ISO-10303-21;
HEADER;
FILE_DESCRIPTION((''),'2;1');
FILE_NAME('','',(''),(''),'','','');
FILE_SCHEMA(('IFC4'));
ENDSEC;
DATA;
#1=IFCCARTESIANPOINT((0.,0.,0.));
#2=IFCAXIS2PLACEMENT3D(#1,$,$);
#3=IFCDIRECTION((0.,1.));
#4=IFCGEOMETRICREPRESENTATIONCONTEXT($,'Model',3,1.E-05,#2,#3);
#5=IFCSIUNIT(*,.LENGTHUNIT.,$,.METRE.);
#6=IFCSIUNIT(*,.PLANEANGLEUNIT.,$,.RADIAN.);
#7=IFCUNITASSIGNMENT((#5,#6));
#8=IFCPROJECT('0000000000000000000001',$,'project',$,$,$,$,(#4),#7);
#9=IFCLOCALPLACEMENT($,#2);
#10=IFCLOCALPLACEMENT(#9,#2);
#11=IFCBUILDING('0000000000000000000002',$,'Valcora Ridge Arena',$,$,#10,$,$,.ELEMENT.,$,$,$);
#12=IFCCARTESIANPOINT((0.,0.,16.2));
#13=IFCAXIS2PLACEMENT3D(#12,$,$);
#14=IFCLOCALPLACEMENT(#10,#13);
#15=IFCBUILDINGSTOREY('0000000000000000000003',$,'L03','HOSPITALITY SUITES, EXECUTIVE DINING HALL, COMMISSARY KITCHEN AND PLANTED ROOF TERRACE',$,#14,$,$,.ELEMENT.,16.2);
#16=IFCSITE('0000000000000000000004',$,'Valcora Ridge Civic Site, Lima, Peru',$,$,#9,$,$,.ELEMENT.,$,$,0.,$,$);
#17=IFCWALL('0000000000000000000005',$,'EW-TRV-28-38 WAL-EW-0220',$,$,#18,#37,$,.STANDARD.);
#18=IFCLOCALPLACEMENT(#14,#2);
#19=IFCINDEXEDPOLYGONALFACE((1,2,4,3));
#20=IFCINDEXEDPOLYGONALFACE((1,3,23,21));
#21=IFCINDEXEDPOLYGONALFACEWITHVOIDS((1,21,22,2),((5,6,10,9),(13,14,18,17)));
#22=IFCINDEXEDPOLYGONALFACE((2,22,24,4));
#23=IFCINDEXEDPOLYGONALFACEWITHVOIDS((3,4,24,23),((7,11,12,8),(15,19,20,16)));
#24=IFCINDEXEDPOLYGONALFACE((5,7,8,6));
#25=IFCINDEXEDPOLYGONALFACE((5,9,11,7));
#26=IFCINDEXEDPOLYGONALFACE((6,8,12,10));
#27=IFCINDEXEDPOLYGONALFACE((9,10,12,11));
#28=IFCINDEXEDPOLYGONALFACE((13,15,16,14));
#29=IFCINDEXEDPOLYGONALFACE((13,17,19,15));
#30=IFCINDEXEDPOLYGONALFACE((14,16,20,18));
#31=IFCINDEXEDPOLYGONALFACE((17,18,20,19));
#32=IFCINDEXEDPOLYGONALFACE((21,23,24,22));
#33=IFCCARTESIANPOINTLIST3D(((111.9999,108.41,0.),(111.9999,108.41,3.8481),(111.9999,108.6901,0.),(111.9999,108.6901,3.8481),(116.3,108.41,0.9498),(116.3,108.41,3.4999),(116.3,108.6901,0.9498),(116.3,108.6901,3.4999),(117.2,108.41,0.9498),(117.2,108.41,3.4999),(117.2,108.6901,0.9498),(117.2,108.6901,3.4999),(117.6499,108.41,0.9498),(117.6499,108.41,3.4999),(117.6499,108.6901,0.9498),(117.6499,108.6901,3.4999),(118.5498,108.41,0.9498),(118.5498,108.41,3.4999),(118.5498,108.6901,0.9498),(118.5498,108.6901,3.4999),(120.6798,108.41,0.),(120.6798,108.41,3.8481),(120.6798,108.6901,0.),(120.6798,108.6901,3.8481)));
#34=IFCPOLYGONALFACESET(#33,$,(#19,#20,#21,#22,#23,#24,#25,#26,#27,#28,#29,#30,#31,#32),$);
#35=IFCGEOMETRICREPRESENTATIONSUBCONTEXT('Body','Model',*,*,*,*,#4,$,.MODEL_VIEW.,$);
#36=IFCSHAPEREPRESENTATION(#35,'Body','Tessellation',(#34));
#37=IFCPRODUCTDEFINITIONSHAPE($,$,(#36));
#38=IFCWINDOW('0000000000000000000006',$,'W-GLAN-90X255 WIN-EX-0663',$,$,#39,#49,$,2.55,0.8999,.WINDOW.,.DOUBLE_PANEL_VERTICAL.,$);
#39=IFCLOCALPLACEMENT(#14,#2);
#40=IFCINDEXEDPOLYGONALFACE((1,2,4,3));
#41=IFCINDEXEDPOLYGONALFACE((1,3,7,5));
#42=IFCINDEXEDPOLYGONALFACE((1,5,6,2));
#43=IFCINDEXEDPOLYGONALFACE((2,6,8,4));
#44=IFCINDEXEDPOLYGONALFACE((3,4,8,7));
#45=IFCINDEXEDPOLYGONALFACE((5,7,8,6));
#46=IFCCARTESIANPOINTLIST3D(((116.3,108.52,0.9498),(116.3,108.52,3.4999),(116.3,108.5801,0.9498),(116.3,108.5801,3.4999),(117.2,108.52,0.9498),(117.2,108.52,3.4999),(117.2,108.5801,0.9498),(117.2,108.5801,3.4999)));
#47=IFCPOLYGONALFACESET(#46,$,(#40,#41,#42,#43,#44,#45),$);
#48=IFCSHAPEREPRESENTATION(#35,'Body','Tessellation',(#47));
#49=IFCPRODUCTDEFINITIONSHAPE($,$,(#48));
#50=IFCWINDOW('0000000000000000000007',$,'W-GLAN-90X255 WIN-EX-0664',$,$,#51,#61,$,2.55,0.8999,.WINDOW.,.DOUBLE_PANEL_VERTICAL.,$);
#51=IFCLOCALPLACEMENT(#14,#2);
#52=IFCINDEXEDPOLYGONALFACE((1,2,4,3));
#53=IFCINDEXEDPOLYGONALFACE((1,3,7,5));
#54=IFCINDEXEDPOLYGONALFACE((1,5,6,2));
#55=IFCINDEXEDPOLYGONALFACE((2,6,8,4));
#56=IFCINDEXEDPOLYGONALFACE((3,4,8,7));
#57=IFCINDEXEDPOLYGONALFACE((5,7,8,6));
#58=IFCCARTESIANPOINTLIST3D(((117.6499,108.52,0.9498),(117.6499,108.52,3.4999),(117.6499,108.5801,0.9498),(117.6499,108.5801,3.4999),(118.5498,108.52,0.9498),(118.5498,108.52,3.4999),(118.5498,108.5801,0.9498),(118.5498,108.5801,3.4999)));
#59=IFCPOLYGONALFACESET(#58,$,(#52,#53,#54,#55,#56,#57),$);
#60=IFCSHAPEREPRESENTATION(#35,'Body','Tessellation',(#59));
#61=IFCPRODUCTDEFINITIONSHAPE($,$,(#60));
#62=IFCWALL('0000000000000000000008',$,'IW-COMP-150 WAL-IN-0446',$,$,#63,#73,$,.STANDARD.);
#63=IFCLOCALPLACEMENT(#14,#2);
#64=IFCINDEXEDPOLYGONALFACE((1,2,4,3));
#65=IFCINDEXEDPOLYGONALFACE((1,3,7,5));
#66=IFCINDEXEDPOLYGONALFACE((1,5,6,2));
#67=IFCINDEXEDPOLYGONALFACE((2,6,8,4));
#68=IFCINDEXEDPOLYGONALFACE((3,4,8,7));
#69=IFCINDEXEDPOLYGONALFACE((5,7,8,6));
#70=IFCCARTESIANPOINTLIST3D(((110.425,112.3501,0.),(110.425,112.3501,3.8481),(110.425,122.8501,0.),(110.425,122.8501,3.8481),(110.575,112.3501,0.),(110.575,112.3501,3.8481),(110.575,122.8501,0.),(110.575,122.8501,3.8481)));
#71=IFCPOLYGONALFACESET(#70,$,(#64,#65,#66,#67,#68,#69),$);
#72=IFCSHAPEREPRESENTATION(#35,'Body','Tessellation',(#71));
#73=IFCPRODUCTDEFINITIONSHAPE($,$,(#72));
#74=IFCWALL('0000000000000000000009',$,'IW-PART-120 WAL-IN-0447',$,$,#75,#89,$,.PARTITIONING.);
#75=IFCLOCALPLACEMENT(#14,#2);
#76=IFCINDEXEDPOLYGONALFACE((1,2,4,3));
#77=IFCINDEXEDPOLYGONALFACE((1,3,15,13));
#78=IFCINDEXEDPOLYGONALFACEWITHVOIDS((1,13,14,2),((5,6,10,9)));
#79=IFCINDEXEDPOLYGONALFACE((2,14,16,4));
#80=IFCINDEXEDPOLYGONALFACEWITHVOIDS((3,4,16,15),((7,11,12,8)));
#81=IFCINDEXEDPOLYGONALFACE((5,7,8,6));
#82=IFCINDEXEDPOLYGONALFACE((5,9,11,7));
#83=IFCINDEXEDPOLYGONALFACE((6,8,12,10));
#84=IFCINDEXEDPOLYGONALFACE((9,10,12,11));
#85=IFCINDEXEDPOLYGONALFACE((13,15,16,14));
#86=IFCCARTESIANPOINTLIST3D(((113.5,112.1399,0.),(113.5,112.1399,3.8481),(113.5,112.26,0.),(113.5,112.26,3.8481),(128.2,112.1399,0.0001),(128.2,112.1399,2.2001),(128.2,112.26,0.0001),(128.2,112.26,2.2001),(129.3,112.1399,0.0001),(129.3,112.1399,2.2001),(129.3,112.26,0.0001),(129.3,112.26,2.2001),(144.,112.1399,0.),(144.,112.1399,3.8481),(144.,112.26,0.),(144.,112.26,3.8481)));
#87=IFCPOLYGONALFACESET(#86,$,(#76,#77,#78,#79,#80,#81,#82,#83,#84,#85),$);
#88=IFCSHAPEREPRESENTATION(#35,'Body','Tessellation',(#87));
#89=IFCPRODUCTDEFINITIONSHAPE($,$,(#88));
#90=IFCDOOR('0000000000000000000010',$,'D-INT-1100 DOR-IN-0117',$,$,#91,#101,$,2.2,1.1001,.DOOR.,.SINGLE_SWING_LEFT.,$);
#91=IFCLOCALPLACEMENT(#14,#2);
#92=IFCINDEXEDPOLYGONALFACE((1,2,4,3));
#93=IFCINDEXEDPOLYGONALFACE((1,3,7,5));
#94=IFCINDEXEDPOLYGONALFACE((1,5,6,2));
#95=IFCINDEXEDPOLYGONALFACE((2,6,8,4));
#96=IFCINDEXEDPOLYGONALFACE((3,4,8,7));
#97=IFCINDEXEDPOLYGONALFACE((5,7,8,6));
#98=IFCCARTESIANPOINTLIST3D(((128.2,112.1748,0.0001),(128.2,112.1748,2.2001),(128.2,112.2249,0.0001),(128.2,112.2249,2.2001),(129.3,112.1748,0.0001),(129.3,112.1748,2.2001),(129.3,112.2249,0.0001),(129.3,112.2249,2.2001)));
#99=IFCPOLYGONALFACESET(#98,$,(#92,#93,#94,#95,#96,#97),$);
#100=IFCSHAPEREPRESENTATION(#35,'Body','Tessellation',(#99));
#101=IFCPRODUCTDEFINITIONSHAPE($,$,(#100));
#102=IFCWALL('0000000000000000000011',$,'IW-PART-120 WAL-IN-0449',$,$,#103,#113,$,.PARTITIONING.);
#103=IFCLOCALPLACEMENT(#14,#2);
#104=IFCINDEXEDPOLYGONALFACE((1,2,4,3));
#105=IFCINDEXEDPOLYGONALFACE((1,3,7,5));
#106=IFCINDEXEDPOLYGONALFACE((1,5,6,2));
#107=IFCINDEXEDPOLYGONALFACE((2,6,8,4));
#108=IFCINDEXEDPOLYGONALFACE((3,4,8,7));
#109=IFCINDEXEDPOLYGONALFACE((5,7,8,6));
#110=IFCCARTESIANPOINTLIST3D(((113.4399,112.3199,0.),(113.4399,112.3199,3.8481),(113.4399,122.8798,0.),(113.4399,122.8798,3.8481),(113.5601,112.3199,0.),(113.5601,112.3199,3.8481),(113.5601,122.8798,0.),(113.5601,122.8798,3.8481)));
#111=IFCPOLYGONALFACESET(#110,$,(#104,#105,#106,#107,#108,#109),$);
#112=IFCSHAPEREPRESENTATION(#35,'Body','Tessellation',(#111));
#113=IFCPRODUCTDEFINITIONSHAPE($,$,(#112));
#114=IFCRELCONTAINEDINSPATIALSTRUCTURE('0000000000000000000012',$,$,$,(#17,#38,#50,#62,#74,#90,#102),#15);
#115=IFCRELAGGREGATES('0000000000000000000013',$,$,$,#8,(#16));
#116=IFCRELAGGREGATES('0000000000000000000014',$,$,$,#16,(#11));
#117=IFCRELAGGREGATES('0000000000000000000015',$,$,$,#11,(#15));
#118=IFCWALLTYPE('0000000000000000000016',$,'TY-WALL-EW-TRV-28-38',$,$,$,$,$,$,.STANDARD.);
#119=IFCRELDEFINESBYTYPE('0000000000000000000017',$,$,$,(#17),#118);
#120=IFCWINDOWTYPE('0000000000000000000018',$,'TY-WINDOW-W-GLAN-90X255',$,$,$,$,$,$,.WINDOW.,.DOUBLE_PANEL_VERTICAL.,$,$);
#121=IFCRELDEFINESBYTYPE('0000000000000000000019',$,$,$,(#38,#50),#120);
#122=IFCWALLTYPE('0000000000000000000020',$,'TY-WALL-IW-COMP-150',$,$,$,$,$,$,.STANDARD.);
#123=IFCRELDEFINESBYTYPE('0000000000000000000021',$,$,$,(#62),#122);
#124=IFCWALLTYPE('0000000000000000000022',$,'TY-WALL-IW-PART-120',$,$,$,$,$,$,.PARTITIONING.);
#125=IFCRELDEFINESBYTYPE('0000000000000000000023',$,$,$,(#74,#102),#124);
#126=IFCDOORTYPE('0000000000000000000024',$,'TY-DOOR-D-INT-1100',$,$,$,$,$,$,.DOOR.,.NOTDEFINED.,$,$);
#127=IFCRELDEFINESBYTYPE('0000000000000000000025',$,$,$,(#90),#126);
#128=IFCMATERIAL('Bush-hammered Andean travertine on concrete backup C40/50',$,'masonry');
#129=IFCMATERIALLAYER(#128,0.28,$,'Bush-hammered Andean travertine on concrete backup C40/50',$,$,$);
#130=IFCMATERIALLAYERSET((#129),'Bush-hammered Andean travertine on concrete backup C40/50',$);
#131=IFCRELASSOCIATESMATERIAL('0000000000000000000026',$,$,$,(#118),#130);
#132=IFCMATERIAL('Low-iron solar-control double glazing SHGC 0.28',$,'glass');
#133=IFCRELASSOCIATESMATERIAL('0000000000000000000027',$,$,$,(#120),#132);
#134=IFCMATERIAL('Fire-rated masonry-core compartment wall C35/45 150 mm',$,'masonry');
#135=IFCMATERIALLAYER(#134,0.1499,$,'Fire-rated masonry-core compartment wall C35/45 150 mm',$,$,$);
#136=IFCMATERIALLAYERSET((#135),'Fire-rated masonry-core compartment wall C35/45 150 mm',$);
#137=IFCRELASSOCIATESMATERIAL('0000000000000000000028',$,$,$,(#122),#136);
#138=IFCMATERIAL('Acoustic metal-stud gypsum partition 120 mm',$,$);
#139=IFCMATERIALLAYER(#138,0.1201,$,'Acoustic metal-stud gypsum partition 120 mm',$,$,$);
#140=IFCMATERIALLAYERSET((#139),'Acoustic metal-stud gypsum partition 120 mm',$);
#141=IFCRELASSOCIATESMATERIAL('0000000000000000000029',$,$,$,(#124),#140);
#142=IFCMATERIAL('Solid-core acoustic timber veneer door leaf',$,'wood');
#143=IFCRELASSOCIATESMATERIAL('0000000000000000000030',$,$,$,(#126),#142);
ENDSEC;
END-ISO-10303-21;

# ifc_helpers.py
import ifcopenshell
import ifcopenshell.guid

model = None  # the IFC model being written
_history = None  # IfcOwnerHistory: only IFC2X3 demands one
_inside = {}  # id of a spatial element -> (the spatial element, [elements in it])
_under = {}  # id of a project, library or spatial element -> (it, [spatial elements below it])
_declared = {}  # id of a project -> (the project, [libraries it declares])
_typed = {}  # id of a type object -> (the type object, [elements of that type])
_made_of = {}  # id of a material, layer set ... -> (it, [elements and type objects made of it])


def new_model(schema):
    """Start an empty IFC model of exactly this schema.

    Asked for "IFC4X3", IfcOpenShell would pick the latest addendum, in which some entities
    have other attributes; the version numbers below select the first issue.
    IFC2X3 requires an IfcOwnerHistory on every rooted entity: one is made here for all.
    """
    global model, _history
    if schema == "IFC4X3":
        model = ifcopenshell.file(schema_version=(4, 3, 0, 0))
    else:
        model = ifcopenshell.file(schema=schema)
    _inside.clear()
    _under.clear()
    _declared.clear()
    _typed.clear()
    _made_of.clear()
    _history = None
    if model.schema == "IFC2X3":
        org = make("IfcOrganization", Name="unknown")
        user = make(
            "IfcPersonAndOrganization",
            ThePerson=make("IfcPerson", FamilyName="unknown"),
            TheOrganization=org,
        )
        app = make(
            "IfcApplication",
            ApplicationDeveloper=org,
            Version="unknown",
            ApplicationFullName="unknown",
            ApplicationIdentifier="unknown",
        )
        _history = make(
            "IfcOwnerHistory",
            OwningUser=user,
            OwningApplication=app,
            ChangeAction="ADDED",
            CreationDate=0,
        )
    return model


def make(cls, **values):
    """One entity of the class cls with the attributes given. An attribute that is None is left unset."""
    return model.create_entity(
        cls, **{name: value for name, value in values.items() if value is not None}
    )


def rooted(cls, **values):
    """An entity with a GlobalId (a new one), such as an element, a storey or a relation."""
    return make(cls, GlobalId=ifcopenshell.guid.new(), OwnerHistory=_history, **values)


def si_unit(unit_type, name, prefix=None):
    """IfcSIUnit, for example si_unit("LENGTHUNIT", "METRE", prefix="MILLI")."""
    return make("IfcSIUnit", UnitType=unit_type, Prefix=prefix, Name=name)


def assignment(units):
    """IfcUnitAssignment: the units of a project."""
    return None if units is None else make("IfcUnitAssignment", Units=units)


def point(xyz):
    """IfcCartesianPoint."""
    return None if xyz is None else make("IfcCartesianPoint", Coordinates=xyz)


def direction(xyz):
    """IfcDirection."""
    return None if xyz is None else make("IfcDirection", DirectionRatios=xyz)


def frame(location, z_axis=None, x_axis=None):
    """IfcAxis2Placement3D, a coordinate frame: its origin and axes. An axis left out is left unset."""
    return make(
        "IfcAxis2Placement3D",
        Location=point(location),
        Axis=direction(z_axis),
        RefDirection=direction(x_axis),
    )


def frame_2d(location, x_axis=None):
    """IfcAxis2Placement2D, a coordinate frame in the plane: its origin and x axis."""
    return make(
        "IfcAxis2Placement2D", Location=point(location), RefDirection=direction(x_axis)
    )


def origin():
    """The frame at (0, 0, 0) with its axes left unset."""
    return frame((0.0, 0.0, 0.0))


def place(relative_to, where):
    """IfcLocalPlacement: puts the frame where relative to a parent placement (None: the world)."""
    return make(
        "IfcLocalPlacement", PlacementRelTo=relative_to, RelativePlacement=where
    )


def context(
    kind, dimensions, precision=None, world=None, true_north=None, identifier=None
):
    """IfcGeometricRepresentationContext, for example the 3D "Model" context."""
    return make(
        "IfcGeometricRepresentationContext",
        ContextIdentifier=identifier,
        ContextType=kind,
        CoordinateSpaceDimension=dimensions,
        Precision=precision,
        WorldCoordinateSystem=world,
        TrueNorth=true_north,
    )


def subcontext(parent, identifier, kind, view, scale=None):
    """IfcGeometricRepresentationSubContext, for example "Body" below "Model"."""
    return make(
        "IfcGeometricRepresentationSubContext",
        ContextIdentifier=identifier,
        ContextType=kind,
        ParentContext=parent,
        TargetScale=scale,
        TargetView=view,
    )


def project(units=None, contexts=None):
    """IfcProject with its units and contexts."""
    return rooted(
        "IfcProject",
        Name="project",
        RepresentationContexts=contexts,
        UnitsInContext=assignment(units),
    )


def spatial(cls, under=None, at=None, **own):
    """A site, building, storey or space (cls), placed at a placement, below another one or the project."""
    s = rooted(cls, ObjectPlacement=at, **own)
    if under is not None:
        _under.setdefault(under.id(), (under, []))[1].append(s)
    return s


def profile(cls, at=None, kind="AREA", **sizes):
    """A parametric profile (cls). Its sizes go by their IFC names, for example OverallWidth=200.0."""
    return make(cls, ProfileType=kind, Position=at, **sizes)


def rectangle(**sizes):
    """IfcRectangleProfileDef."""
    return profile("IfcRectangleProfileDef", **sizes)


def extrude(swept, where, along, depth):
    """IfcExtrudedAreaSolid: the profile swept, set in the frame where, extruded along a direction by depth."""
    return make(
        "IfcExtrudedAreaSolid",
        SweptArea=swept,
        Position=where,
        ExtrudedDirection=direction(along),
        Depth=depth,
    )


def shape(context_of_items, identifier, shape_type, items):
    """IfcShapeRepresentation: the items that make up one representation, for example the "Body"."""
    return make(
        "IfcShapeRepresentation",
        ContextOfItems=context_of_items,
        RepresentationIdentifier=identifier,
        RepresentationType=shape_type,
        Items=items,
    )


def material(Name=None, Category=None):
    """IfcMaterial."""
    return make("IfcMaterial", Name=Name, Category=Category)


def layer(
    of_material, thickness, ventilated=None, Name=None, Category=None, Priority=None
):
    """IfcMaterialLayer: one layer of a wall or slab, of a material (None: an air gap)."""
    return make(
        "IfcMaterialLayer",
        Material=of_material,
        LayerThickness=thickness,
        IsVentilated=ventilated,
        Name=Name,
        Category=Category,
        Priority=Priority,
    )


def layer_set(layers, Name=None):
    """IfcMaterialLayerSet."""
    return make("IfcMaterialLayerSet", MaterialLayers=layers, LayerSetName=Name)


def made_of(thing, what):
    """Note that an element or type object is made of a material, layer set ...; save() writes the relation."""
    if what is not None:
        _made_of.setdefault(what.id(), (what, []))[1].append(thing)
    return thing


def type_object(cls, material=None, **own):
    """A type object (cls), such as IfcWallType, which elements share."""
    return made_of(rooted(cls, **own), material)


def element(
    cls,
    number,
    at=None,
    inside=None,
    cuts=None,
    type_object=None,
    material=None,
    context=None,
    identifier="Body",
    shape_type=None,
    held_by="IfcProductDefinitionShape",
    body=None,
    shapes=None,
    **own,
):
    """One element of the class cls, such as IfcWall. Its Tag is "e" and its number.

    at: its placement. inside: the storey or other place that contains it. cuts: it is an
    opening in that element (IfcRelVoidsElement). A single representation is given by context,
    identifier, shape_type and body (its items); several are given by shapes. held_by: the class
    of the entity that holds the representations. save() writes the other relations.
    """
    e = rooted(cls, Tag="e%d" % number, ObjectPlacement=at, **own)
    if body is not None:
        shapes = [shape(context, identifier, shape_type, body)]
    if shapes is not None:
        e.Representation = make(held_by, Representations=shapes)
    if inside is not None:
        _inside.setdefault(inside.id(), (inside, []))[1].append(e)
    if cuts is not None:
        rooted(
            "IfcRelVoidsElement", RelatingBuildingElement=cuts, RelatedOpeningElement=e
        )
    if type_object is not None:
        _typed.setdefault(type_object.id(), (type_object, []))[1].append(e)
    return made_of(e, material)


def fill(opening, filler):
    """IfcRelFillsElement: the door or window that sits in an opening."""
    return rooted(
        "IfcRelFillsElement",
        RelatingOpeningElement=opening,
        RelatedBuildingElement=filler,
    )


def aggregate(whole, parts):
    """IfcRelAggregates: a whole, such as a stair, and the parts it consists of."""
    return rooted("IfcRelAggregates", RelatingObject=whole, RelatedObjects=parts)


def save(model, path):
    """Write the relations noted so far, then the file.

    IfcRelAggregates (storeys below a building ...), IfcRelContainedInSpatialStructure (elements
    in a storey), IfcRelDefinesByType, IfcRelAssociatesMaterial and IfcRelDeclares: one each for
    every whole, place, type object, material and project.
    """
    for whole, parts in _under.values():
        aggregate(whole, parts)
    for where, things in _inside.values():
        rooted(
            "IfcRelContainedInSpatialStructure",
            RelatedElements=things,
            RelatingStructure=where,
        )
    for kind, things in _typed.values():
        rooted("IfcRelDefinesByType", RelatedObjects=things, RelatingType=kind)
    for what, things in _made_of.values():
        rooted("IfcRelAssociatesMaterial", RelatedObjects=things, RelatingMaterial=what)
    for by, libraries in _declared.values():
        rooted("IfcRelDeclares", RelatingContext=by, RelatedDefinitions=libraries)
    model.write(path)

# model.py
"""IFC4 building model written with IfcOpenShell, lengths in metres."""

from ifc_helpers import new_model, si_unit, direction, frame, frame_2d, origin, place, context, subcontext, project, spatial, rectangle, extrude, material, layer, layer_set, type_object, element, fill, save


model = new_model("IFC4")

# Units and contexts
model_context = context("Model", 3, precision=1e-05, world=origin(), true_north=direction((0.0, 1.0)))
body_context = subcontext(model_context, "Body", "Model", "MODEL_VIEW")
ifc_project = project(units=[si_unit("LENGTHUNIT", "METRE"), si_unit("PLANEANGLEUNIT", "RADIAN")], contexts=[model_context])

# Site, building, storey
site_placement = place(None, origin())
site = spatial("IfcSite", under=ifc_project, at=site_placement, Name="Valcora Ridge Civic Site, Lima, Peru", CompositionType="ELEMENT", RefElevation=0.0)
building_placement = place(site_placement, origin())
building = spatial("IfcBuilding", under=site, at=building_placement, Name="Valcora Ridge Arena", CompositionType="ELEMENT")
storey_placement = place(building_placement, frame((0.0, 0.0, 16.2)))
storey = spatial("IfcBuildingStorey", under=building, at=storey_placement, Name="L03", Description="HOSPITALITY SUITES, EXECUTIVE DINING HALL, COMMISSARY KITCHEN AND PLANTED ROOF TERRACE", CompositionType="ELEMENT", Elevation=16.2)

# Shared definitions
ifc_material_1 = material(Name="Low-iron solar-control double glazing SHGC 0.28", Category="glass")

# Wall, openings, windows
ifc_material_2 = material(Name="Bush-hammered Andean travertine on concrete backup C40/50", Category="masonry")
ifc_layer_1 = layer(ifc_material_2, 0.28, Name="Bush-hammered Andean travertine on concrete backup C40/50")
ifc_layer_set_1 = layer_set([ifc_layer_1], Name="Bush-hammered Andean travertine on concrete backup C40/50")
wall_type_1 = type_object("IfcWallType", Name="TY-WALL-EW-TRV-28-38", PredefinedType="STANDARD", material=ifc_layer_set_1)
wall_1_placement = place(storey_placement, frame((112.0, 108.55, 0.0), z_axis=(0.0, 0.0, 1.0), x_axis=(1.0, 0.0, 0.0)))
wall_1 = element("IfcWall", 1, at=wall_1_placement, inside=storey, type_object=wall_type_1, Name="EW-TRV-28-38 WAL-EW-0220", PredefinedType="STANDARD", context=body_context, shape_type="SweptSolid", body=[
    extrude(rectangle(XDim=8.6799, YDim=0.28, at=frame_2d((4.3398, 0.0))), origin(), (0.0, 0.0, 1.0), 3.8481),
])
opening_1_placement = place(wall_1_placement, frame((4.3, 0.0, 0.95)))
opening_1 = element("IfcOpeningElement", 2, at=opening_1_placement, cuts=wall_1, PredefinedType="OPENING", context=body_context, shape_type="SweptSolid", body=[
    extrude(rectangle(XDim=0.8999, YDim=2.55, at=frame_2d((0.45, 1.2749))), frame((0.0, 0.1499, 0.0), z_axis=(0.0, -1.0, 0.0), x_axis=(1.0, 0.0, 0.0)), (0.0, 0.0, 1.0), 0.3),
])
opening_2_placement = place(wall_1_placement, frame((5.6499, 0.0, 0.95)))
opening_2 = element("IfcOpeningElement", 3, at=opening_2_placement, cuts=wall_1, PredefinedType="OPENING", context=body_context, shape_type="SweptSolid", body=[
    extrude(rectangle(XDim=0.8999, YDim=2.55, at=frame_2d((0.45, 1.2749))), frame((0.0, 0.1499, 0.0), z_axis=(0.0, -1.0, 0.0), x_axis=(1.0, 0.0, 0.0)), (0.0, 0.0, 1.0), 0.3),
])
window_type = type_object("IfcWindowType", Name="TY-WINDOW-W-GLAN-90X255", PartitioningType="DOUBLE_PANEL_VERTICAL", PredefinedType="WINDOW", material=ifc_material_1)
window_1_placement = place(opening_1_placement, origin())
window_1 = element("IfcWindow", 4, at=window_1_placement, inside=storey, type_object=window_type, Name="W-GLAN-90X255 WIN-EX-0663", OverallHeight=2.55, OverallWidth=0.8999, PartitioningType="DOUBLE_PANEL_VERTICAL", PredefinedType="WINDOW", context=body_context, shape_type="SweptSolid", body=[
    extrude(rectangle(XDim=0.8999, YDim=2.55, at=frame_2d((0.45, 1.2749))), frame((0.0, 0.03, 0.0), z_axis=(0.0, -1.0, 0.0), x_axis=(1.0, 0.0, 0.0)), (0.0, 0.0, 1.0), 0.0601),
])
fill(opening_1, window_1)
window_2_placement = place(opening_2_placement, origin())
window_2 = element("IfcWindow", 5, at=window_2_placement, inside=storey, type_object=window_type, Name="W-GLAN-90X255 WIN-EX-0664", OverallHeight=2.55, OverallWidth=0.8999, PartitioningType="DOUBLE_PANEL_VERTICAL", PredefinedType="WINDOW", context=body_context, shape_type="SweptSolid", body=[
    extrude(rectangle(XDim=0.8999, YDim=2.55, at=frame_2d((0.45, 1.2749))), frame((0.0, 0.03, 0.0), z_axis=(0.0, -1.0, 0.0), x_axis=(1.0, 0.0, 0.0)), (0.0, 0.0, 1.0), 0.0601),
])
fill(opening_2, window_2)

# Wall
ifc_material_3 = material(Name="Fire-rated masonry-core compartment wall C35/45 150 mm", Category="masonry")
ifc_layer_2 = layer(ifc_material_3, 0.1499, Name="Fire-rated masonry-core compartment wall C35/45 150 mm")
ifc_layer_set_2 = layer_set([ifc_layer_2], Name="Fire-rated masonry-core compartment wall C35/45 150 mm")
wall_type_2 = type_object("IfcWallType", Name="TY-WALL-IW-COMP-150", PredefinedType="STANDARD", material=ifc_layer_set_2)
wall_2_placement = place(storey_placement, frame((110.5, 112.3501, 0.0), z_axis=(0.0, 0.0, 1.0), x_axis=(0.0, 1.0, 0.0)))
element("IfcWall", 6, at=wall_2_placement, inside=storey, type_object=wall_type_2, Name="IW-COMP-150 WAL-IN-0446", PredefinedType="STANDARD", context=body_context, shape_type="SweptSolid", body=[
    extrude(rectangle(XDim=10.5, YDim=0.1499, at=frame_2d((5.25, 0.0))), origin(), (0.0, 0.0, 1.0), 3.8481),
])

# Wall, opening, door
ifc_material_4 = material(Name="Acoustic metal-stud gypsum partition 120 mm")
ifc_layer_3 = layer(ifc_material_4, 0.1201, Name="Acoustic metal-stud gypsum partition 120 mm")
ifc_layer_set_3 = layer_set([ifc_layer_3], Name="Acoustic metal-stud gypsum partition 120 mm")
wall_type_3 = type_object("IfcWallType", Name="TY-WALL-IW-PART-120", PredefinedType="PARTITIONING", material=ifc_layer_set_3)
wall_3_placement = place(storey_placement, frame((113.5, 112.2, 0.0), z_axis=(0.0, 0.0, 1.0), x_axis=(1.0, 0.0, 0.0)))
wall_3 = element("IfcWall", 7, at=wall_3_placement, inside=storey, type_object=wall_type_3, Name="IW-PART-120 WAL-IN-0447", PredefinedType="PARTITIONING", context=body_context, shape_type="SweptSolid", body=[
    extrude(rectangle(XDim=30.5, YDim=0.1201, at=frame_2d((15.25, 0.0))), origin(), (0.0, 0.0, 1.0), 3.8481),
])
opening_3_placement = place(wall_3_placement, frame((14.7, 0.0, 0.0)))
opening_3 = element("IfcOpeningElement", 8, at=opening_3_placement, cuts=wall_3, PredefinedType="OPENING", context=body_context, shape_type="SweptSolid", body=[
    extrude(rectangle(XDim=1.1001, YDim=2.2, at=frame_2d((0.55, 1.1001))), frame((0.0, 0.0701, 0.0), z_axis=(0.0, -1.0, 0.0), x_axis=(1.0, 0.0, 0.0)), (0.0, 0.0, 1.0), 0.1401),
])
ifc_material_5 = material(Name="Solid-core acoustic timber veneer door leaf", Category="wood")
door_type = type_object("IfcDoorType", Name="TY-DOOR-D-INT-1100", OperationType="NOTDEFINED", PredefinedType="DOOR", material=ifc_material_5)
door_placement = place(opening_3_placement, origin())
door = element("IfcDoor", 9, at=door_placement, inside=storey, type_object=door_type, Name="D-INT-1100 DOR-IN-0117", OperationType="SINGLE_SWING_LEFT", OverallHeight=2.2, OverallWidth=1.1001, PredefinedType="DOOR", context=body_context, shape_type="SweptSolid", body=[
    extrude(rectangle(XDim=1.1001, YDim=2.2, at=frame_2d((0.55, 1.1001))), frame((0.0, 0.0249, 0.0), z_axis=(0.0, -1.0, 0.0), x_axis=(1.0, 0.0, 0.0)), (0.0, 0.0, 1.0), 0.05),
])
fill(opening_3, door)

# Wall
wall_4_placement = place(storey_placement, frame((113.5, 112.3201, 0.0), z_axis=(0.0, 0.0, 1.0), x_axis=(0.0, 1.0, 0.0)))
element("IfcWall", 10, at=wall_4_placement, inside=storey, type_object=wall_type_3, Name="IW-PART-120 WAL-IN-0449", PredefinedType="PARTITIONING", context=body_context, shape_type="SweptSolid", body=[
    extrude(rectangle(XDim=10.5598, YDim=0.1201, at=frame_2d((5.2798, 0.0))), origin(), (0.0, 0.0, 1.0), 3.8481),
])

save(model, "model.ifc")
